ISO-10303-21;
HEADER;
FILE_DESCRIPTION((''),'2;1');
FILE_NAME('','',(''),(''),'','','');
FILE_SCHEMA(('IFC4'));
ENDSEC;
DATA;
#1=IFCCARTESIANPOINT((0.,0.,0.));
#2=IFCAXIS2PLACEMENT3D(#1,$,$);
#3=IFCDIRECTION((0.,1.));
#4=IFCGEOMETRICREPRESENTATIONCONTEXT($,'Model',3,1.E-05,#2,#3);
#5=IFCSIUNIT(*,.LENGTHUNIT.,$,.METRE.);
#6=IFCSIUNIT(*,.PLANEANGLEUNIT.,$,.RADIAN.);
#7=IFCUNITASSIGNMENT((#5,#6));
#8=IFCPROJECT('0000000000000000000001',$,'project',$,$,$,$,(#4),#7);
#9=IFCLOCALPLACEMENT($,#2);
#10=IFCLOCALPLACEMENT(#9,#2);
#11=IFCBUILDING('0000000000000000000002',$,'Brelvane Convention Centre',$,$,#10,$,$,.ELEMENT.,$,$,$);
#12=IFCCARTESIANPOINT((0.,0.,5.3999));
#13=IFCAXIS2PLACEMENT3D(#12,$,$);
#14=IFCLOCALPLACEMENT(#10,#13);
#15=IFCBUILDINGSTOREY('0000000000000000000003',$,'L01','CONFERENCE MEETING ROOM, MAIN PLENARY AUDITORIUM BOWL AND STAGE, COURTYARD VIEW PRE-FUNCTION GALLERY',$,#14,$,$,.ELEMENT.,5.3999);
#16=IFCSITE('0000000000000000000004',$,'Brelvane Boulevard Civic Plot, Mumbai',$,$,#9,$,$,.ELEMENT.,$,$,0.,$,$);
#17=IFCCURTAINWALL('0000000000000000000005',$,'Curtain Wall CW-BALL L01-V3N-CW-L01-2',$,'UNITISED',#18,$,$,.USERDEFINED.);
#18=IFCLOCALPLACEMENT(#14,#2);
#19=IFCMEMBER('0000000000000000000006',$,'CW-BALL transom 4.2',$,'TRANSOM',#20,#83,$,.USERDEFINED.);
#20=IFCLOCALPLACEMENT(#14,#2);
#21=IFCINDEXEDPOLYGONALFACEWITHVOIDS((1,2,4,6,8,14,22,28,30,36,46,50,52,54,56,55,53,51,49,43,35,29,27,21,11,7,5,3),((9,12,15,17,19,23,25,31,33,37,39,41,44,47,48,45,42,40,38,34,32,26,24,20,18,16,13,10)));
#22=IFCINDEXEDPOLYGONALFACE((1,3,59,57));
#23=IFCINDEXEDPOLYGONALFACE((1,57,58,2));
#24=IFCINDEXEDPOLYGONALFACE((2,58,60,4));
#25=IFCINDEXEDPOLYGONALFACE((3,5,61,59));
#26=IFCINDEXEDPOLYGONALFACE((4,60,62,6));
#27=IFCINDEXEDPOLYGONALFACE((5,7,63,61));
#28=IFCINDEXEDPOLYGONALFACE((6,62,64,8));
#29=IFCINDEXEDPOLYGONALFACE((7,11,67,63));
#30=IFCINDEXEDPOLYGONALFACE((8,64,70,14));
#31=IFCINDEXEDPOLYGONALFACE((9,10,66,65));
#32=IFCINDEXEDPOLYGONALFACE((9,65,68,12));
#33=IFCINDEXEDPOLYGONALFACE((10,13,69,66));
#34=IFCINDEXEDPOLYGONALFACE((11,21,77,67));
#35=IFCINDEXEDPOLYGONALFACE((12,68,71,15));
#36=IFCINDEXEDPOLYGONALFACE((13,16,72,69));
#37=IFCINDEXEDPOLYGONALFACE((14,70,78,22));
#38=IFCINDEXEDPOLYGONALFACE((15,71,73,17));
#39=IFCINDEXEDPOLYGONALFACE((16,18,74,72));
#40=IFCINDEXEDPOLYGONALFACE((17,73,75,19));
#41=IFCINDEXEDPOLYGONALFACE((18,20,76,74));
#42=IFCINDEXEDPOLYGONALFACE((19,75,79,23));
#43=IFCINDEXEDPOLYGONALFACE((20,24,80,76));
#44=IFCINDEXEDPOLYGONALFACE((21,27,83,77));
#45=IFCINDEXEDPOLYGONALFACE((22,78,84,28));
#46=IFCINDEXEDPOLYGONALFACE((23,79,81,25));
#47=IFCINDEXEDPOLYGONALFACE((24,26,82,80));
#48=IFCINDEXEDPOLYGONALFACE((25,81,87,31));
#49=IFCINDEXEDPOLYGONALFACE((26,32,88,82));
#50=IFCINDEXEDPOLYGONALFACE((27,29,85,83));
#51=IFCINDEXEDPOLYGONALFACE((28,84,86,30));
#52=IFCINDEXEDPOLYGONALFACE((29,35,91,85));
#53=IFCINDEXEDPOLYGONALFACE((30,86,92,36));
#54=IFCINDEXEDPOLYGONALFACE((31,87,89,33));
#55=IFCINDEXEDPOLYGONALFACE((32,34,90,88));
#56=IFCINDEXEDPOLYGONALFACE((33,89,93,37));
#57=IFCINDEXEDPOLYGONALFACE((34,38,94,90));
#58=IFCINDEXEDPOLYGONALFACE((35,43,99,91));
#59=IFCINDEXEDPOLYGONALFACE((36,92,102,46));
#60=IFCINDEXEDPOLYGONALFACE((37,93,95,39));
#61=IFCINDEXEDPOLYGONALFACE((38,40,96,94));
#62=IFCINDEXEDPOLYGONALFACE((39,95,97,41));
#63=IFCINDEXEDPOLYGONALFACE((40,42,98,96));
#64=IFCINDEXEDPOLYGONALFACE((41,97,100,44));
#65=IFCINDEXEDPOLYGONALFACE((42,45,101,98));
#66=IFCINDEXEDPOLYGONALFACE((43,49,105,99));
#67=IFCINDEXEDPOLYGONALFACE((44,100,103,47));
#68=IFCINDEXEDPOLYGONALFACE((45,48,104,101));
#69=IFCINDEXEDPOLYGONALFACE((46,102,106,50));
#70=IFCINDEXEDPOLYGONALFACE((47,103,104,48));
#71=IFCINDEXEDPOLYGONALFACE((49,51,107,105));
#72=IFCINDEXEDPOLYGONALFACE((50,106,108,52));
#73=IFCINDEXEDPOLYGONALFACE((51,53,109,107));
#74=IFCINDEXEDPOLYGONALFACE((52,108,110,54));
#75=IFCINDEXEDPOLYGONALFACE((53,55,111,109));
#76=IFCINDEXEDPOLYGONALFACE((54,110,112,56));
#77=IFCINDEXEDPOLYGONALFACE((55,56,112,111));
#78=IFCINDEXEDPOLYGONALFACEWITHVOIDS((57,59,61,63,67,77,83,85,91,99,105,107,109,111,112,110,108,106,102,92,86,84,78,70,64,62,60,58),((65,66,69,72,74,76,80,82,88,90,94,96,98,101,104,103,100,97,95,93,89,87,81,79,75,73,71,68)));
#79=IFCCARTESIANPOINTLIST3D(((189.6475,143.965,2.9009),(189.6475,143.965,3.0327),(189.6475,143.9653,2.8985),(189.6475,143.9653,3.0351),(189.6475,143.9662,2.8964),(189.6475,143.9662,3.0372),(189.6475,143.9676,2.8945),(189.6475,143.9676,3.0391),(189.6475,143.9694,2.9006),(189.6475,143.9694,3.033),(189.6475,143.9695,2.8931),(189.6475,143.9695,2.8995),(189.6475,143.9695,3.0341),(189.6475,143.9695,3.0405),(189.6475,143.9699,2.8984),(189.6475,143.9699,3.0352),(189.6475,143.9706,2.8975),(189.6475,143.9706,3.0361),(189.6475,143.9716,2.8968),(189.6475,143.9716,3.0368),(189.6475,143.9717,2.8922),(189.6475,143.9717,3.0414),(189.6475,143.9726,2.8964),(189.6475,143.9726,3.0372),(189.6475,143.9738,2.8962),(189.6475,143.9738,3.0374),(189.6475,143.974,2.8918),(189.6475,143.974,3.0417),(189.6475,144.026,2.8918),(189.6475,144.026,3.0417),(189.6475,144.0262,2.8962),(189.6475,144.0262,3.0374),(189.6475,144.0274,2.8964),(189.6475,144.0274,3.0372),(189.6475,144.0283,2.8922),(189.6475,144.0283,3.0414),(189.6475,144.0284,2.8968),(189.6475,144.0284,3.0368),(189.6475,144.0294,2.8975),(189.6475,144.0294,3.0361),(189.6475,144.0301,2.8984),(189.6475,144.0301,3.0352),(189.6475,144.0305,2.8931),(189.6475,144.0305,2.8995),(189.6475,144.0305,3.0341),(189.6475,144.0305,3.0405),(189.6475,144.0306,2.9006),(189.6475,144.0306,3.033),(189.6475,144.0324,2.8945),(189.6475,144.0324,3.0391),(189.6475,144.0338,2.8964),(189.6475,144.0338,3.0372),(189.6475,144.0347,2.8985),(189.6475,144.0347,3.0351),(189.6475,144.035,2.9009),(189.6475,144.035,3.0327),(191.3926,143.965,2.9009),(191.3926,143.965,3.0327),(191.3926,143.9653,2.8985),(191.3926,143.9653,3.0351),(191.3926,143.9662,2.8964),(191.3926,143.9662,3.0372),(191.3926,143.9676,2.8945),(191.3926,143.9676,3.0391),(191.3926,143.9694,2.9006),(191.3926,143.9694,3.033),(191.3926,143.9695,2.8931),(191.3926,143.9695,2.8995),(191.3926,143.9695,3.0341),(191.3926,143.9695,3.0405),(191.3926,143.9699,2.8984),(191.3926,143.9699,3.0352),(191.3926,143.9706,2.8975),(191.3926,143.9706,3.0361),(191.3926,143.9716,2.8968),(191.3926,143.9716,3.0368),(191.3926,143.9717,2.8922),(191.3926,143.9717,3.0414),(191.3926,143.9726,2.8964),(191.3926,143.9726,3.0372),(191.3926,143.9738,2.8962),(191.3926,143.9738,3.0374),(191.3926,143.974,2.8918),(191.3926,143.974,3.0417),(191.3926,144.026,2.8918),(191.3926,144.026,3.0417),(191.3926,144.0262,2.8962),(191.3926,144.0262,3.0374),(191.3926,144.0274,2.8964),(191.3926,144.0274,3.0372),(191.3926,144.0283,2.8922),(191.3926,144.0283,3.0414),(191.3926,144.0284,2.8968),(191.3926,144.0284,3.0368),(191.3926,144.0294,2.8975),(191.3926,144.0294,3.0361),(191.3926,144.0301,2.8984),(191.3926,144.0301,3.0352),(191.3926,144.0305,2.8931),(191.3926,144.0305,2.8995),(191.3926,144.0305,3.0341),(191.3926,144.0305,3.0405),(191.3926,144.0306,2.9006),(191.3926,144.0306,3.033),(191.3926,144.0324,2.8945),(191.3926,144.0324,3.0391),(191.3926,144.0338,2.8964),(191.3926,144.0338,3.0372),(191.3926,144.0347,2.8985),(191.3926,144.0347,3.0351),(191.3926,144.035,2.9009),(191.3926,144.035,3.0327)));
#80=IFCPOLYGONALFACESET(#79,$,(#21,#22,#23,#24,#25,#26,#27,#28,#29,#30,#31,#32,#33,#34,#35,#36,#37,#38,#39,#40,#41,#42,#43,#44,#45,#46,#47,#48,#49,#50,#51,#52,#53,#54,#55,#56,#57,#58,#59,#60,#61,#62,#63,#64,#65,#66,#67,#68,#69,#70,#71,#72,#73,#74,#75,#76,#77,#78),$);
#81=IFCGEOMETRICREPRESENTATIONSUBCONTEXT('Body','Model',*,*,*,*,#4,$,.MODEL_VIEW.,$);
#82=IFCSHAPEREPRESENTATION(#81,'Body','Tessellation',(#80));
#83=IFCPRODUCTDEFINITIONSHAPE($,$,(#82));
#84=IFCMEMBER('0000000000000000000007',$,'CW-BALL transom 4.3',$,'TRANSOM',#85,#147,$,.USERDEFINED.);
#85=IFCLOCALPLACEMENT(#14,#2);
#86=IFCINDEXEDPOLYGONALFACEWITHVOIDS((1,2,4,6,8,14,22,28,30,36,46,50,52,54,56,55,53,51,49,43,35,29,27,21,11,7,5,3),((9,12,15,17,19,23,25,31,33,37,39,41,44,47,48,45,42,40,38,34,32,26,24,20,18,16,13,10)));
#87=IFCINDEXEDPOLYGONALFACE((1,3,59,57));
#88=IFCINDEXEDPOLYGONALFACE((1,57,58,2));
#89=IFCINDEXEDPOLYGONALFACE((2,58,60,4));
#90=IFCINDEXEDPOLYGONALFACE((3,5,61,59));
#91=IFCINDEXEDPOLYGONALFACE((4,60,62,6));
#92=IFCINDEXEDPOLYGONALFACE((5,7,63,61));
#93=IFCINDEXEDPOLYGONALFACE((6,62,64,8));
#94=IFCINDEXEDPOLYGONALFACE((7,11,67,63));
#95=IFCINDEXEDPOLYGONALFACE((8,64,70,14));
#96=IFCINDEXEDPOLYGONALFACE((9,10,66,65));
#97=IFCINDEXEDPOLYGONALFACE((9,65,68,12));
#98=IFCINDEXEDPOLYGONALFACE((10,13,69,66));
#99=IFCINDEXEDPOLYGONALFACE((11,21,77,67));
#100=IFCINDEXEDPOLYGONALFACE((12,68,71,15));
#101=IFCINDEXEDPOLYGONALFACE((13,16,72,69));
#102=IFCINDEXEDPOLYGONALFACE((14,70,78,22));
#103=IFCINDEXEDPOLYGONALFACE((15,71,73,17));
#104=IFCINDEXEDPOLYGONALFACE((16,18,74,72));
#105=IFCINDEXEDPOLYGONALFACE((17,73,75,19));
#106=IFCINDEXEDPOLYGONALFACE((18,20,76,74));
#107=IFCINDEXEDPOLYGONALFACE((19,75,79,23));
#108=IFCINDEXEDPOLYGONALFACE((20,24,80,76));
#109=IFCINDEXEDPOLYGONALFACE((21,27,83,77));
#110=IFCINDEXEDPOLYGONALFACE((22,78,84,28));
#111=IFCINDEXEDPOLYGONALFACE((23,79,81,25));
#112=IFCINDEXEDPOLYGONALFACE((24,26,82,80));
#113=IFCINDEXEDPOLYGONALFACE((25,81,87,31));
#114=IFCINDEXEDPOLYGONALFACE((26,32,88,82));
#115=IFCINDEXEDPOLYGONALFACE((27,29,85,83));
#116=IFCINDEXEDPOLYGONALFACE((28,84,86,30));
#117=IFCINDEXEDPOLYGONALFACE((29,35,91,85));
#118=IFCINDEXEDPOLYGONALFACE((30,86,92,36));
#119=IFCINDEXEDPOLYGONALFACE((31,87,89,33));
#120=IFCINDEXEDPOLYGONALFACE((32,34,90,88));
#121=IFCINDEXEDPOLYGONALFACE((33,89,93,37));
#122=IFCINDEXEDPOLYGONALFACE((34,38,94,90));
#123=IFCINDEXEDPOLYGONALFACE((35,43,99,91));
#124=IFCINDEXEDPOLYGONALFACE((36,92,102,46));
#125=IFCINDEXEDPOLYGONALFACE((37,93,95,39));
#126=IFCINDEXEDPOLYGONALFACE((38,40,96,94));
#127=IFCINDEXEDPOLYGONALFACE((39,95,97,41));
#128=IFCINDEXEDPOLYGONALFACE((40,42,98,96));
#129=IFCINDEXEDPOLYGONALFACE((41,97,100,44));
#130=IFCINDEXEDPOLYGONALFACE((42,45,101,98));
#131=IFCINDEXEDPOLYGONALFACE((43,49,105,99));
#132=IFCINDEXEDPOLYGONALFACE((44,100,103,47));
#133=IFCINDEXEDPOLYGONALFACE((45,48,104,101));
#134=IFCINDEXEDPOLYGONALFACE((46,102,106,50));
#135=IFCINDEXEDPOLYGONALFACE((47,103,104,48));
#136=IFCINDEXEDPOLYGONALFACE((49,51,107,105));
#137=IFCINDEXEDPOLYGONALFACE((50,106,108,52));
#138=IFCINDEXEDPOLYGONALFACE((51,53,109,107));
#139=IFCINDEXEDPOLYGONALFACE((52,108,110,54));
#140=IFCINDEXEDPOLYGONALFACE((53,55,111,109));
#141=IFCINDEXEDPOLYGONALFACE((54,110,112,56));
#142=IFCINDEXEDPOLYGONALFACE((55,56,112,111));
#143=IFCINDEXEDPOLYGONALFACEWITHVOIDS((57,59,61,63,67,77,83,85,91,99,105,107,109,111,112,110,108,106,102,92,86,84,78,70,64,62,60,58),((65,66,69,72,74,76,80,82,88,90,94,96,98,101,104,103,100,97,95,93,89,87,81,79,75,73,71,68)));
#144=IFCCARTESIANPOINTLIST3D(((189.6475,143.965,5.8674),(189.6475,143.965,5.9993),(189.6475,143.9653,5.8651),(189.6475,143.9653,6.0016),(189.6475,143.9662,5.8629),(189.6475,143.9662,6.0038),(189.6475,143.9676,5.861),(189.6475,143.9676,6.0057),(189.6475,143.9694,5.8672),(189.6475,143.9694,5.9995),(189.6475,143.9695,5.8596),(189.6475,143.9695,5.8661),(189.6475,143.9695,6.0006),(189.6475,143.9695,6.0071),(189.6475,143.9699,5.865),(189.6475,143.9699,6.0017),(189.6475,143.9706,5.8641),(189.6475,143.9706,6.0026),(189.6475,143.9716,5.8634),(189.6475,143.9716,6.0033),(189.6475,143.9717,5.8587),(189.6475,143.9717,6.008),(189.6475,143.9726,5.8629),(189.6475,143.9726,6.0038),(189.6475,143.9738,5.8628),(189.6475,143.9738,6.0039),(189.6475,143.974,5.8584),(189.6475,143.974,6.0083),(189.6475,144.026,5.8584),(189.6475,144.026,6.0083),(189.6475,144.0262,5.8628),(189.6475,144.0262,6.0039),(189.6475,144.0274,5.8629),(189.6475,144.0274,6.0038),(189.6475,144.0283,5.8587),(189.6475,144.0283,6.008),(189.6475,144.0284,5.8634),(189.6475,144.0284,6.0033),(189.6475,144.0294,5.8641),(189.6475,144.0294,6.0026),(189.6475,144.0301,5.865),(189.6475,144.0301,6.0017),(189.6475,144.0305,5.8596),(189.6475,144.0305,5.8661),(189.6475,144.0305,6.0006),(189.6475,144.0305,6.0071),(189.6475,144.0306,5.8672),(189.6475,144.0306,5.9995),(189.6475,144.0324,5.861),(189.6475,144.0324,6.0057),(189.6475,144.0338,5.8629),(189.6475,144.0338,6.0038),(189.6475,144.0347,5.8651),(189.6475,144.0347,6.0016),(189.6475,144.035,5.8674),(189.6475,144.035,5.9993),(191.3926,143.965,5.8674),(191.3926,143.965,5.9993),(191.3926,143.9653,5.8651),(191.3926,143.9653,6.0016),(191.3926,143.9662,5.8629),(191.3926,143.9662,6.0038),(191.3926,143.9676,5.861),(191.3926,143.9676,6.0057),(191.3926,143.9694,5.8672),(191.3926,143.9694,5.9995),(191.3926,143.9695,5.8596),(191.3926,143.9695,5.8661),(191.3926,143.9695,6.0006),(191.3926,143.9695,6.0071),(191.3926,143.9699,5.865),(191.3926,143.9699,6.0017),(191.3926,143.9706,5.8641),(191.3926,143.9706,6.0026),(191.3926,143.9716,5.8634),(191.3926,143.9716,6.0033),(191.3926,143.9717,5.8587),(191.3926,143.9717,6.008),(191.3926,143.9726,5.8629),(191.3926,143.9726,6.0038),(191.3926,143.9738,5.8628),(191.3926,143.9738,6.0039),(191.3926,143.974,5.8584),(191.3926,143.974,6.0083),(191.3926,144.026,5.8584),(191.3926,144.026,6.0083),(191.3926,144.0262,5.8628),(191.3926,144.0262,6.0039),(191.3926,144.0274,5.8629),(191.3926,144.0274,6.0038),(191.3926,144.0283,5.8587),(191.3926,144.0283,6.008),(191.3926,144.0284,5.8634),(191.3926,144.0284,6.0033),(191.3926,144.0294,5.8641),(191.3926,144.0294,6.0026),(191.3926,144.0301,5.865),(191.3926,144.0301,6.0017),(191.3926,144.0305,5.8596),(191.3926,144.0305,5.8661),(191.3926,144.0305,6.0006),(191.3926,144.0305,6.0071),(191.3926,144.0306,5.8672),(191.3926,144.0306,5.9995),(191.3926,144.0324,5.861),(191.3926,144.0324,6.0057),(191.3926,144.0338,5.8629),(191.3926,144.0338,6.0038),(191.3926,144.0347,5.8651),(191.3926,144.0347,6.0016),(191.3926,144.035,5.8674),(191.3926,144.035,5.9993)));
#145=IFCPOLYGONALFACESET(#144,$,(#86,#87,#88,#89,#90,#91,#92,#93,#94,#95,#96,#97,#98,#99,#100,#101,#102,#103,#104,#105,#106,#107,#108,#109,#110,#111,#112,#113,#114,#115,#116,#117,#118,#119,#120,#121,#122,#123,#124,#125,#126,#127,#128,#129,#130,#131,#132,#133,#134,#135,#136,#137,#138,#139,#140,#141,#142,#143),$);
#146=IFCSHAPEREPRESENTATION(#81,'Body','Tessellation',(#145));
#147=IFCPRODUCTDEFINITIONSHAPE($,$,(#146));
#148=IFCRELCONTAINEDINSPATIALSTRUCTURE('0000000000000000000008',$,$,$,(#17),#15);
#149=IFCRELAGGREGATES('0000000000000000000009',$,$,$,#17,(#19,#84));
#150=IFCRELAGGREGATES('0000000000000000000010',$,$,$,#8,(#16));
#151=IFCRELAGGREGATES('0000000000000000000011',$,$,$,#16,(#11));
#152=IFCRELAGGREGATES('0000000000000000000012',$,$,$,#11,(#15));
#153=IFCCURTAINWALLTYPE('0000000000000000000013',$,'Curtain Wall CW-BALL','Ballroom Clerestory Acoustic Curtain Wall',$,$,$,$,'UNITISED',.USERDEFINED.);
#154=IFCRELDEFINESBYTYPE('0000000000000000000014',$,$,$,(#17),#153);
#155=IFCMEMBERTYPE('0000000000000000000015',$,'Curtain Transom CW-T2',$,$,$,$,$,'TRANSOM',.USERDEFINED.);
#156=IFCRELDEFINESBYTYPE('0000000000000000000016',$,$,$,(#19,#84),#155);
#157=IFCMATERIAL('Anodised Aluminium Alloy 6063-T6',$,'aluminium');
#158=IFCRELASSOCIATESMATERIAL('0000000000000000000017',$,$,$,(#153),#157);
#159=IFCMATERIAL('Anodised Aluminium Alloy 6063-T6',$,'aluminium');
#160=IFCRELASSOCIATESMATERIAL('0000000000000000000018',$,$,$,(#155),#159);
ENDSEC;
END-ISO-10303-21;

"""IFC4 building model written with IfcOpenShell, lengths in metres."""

from ifc_helpers import new_model, si_unit, direction, frame, origin, origin_2d, place, context, subcontext, project, spatial, hollow_rectangle, extrude, material, material_profile, profile_set, type_object, element, aggregate, save


model = new_model("IFC4")

# Units and contexts
model_context = context("Model", 3, precision=1e-05, world=origin(), true_north=direction((0.0, 1.0)))
body_context = subcontext(model_context, "Body", "Model", "MODEL_VIEW")
ifc_project = project(units=[si_unit("LENGTHUNIT", "METRE"), si_unit("PLANEANGLEUNIT", "RADIAN")], contexts=[model_context])

# Site, building, storey
site_placement = place(None, origin())
site = spatial("IfcSite", under=ifc_project, at=site_placement, Name="Brelvane Boulevard Civic Plot, Mumbai", CompositionType="ELEMENT", RefElevation=0.0)
building_placement = place(site_placement, origin())
building = spatial("IfcBuilding", under=site, at=building_placement, Name="Brelvane Convention Centre", CompositionType="ELEMENT")
storey_placement = place(building_placement, frame((0.0, 0.0, 5.3999)))
storey = spatial("IfcBuildingStorey", under=building, at=storey_placement, Name="L01", Description="CONFERENCE MEETING ROOM, MAIN PLENARY AUDITORIUM BOWL AND STAGE, COURTYARD VIEW PRE-FUNCTION GALLERY", CompositionType="ELEMENT", Elevation=5.3999)

# Curtain wall, members
ifc_material_1 = material(Name="Anodised Aluminium Alloy 6063-T6", Category="aluminium")
curtain_wall_type = type_object("IfcCurtainWallType", Name="Curtain Wall CW-BALL", Description="Ballroom Clerestory Acoustic Curtain Wall", ElementType="UNITISED", PredefinedType="USERDEFINED", material=ifc_material_1)
curtain_wall_placement = place(storey_placement, origin())
curtain_wall = element("IfcCurtainWall", 1, at=curtain_wall_placement, inside=storey, type_object=curtain_wall_type, Name="Curtain Wall CW-BALL L01-V3N-CW-L01-2", ObjectType="UNITISED", PredefinedType="USERDEFINED")
ifc_material_2 = material(Name="Anodised Aluminium Alloy 6063-T6", Category="aluminium")
ifc_material_profile_1 = material_profile(ifc_material_2, hollow_rectangle(XDim=0.0701, YDim=0.1499, WallThickness=0.0044, InnerFilletRadius=0.0044, OuterFilletRadius=0.009, at=origin_2d()), Name="ALU-T 150x70x4.5")
ifc_profile_set_1 = profile_set([ifc_material_profile_1], Name="Anodised Aluminium Alloy 6063-T6")
member_type_1 = type_object("IfcMemberType", Name="Curtain Transom CW-T2", ElementType="TRANSOM", PredefinedType="USERDEFINED", material=ifc_profile_set_1)
member_1_placement = place(storey_placement, frame((189.6475, 144.0, 2.9668), z_axis=(1.0, 0.0, 0.0), x_axis=(0.0, 1.0, 0.0)))
member_1 = element("IfcMember", 2, at=member_1_placement, type_object=member_type_1, Name="CW-BALL transom 4.2", ObjectType="TRANSOM", PredefinedType="USERDEFINED", context=body_context, shape_type="SweptSolid", body=[
    extrude(hollow_rectangle(XDim=0.0701, YDim=0.1499, WallThickness=0.0044, InnerFilletRadius=0.0044, OuterFilletRadius=0.009, at=origin_2d()), origin(), (0.0, 0.0, 1.0), 1.7451),
])
member_2_placement = place(storey_placement, frame((189.6475, 144.0, 5.9333), z_axis=(1.0, 0.0, 0.0), x_axis=(0.0, 1.0, 0.0)))
member_2 = element("IfcMember", 3, at=member_2_placement, type_object=member_type_1, Name="CW-BALL transom 4.3", ObjectType="TRANSOM", PredefinedType="USERDEFINED", context=body_context, shape_type="SweptSolid", body=[
    extrude(hollow_rectangle(XDim=0.0701, YDim=0.1499, WallThickness=0.0044, InnerFilletRadius=0.0044, OuterFilletRadius=0.009, at=origin_2d()), origin(), (0.0, 0.0, 1.0), 1.7451),
])
aggregate(curtain_wall, [member_1, member_2])

save(model, "model.ifc")
